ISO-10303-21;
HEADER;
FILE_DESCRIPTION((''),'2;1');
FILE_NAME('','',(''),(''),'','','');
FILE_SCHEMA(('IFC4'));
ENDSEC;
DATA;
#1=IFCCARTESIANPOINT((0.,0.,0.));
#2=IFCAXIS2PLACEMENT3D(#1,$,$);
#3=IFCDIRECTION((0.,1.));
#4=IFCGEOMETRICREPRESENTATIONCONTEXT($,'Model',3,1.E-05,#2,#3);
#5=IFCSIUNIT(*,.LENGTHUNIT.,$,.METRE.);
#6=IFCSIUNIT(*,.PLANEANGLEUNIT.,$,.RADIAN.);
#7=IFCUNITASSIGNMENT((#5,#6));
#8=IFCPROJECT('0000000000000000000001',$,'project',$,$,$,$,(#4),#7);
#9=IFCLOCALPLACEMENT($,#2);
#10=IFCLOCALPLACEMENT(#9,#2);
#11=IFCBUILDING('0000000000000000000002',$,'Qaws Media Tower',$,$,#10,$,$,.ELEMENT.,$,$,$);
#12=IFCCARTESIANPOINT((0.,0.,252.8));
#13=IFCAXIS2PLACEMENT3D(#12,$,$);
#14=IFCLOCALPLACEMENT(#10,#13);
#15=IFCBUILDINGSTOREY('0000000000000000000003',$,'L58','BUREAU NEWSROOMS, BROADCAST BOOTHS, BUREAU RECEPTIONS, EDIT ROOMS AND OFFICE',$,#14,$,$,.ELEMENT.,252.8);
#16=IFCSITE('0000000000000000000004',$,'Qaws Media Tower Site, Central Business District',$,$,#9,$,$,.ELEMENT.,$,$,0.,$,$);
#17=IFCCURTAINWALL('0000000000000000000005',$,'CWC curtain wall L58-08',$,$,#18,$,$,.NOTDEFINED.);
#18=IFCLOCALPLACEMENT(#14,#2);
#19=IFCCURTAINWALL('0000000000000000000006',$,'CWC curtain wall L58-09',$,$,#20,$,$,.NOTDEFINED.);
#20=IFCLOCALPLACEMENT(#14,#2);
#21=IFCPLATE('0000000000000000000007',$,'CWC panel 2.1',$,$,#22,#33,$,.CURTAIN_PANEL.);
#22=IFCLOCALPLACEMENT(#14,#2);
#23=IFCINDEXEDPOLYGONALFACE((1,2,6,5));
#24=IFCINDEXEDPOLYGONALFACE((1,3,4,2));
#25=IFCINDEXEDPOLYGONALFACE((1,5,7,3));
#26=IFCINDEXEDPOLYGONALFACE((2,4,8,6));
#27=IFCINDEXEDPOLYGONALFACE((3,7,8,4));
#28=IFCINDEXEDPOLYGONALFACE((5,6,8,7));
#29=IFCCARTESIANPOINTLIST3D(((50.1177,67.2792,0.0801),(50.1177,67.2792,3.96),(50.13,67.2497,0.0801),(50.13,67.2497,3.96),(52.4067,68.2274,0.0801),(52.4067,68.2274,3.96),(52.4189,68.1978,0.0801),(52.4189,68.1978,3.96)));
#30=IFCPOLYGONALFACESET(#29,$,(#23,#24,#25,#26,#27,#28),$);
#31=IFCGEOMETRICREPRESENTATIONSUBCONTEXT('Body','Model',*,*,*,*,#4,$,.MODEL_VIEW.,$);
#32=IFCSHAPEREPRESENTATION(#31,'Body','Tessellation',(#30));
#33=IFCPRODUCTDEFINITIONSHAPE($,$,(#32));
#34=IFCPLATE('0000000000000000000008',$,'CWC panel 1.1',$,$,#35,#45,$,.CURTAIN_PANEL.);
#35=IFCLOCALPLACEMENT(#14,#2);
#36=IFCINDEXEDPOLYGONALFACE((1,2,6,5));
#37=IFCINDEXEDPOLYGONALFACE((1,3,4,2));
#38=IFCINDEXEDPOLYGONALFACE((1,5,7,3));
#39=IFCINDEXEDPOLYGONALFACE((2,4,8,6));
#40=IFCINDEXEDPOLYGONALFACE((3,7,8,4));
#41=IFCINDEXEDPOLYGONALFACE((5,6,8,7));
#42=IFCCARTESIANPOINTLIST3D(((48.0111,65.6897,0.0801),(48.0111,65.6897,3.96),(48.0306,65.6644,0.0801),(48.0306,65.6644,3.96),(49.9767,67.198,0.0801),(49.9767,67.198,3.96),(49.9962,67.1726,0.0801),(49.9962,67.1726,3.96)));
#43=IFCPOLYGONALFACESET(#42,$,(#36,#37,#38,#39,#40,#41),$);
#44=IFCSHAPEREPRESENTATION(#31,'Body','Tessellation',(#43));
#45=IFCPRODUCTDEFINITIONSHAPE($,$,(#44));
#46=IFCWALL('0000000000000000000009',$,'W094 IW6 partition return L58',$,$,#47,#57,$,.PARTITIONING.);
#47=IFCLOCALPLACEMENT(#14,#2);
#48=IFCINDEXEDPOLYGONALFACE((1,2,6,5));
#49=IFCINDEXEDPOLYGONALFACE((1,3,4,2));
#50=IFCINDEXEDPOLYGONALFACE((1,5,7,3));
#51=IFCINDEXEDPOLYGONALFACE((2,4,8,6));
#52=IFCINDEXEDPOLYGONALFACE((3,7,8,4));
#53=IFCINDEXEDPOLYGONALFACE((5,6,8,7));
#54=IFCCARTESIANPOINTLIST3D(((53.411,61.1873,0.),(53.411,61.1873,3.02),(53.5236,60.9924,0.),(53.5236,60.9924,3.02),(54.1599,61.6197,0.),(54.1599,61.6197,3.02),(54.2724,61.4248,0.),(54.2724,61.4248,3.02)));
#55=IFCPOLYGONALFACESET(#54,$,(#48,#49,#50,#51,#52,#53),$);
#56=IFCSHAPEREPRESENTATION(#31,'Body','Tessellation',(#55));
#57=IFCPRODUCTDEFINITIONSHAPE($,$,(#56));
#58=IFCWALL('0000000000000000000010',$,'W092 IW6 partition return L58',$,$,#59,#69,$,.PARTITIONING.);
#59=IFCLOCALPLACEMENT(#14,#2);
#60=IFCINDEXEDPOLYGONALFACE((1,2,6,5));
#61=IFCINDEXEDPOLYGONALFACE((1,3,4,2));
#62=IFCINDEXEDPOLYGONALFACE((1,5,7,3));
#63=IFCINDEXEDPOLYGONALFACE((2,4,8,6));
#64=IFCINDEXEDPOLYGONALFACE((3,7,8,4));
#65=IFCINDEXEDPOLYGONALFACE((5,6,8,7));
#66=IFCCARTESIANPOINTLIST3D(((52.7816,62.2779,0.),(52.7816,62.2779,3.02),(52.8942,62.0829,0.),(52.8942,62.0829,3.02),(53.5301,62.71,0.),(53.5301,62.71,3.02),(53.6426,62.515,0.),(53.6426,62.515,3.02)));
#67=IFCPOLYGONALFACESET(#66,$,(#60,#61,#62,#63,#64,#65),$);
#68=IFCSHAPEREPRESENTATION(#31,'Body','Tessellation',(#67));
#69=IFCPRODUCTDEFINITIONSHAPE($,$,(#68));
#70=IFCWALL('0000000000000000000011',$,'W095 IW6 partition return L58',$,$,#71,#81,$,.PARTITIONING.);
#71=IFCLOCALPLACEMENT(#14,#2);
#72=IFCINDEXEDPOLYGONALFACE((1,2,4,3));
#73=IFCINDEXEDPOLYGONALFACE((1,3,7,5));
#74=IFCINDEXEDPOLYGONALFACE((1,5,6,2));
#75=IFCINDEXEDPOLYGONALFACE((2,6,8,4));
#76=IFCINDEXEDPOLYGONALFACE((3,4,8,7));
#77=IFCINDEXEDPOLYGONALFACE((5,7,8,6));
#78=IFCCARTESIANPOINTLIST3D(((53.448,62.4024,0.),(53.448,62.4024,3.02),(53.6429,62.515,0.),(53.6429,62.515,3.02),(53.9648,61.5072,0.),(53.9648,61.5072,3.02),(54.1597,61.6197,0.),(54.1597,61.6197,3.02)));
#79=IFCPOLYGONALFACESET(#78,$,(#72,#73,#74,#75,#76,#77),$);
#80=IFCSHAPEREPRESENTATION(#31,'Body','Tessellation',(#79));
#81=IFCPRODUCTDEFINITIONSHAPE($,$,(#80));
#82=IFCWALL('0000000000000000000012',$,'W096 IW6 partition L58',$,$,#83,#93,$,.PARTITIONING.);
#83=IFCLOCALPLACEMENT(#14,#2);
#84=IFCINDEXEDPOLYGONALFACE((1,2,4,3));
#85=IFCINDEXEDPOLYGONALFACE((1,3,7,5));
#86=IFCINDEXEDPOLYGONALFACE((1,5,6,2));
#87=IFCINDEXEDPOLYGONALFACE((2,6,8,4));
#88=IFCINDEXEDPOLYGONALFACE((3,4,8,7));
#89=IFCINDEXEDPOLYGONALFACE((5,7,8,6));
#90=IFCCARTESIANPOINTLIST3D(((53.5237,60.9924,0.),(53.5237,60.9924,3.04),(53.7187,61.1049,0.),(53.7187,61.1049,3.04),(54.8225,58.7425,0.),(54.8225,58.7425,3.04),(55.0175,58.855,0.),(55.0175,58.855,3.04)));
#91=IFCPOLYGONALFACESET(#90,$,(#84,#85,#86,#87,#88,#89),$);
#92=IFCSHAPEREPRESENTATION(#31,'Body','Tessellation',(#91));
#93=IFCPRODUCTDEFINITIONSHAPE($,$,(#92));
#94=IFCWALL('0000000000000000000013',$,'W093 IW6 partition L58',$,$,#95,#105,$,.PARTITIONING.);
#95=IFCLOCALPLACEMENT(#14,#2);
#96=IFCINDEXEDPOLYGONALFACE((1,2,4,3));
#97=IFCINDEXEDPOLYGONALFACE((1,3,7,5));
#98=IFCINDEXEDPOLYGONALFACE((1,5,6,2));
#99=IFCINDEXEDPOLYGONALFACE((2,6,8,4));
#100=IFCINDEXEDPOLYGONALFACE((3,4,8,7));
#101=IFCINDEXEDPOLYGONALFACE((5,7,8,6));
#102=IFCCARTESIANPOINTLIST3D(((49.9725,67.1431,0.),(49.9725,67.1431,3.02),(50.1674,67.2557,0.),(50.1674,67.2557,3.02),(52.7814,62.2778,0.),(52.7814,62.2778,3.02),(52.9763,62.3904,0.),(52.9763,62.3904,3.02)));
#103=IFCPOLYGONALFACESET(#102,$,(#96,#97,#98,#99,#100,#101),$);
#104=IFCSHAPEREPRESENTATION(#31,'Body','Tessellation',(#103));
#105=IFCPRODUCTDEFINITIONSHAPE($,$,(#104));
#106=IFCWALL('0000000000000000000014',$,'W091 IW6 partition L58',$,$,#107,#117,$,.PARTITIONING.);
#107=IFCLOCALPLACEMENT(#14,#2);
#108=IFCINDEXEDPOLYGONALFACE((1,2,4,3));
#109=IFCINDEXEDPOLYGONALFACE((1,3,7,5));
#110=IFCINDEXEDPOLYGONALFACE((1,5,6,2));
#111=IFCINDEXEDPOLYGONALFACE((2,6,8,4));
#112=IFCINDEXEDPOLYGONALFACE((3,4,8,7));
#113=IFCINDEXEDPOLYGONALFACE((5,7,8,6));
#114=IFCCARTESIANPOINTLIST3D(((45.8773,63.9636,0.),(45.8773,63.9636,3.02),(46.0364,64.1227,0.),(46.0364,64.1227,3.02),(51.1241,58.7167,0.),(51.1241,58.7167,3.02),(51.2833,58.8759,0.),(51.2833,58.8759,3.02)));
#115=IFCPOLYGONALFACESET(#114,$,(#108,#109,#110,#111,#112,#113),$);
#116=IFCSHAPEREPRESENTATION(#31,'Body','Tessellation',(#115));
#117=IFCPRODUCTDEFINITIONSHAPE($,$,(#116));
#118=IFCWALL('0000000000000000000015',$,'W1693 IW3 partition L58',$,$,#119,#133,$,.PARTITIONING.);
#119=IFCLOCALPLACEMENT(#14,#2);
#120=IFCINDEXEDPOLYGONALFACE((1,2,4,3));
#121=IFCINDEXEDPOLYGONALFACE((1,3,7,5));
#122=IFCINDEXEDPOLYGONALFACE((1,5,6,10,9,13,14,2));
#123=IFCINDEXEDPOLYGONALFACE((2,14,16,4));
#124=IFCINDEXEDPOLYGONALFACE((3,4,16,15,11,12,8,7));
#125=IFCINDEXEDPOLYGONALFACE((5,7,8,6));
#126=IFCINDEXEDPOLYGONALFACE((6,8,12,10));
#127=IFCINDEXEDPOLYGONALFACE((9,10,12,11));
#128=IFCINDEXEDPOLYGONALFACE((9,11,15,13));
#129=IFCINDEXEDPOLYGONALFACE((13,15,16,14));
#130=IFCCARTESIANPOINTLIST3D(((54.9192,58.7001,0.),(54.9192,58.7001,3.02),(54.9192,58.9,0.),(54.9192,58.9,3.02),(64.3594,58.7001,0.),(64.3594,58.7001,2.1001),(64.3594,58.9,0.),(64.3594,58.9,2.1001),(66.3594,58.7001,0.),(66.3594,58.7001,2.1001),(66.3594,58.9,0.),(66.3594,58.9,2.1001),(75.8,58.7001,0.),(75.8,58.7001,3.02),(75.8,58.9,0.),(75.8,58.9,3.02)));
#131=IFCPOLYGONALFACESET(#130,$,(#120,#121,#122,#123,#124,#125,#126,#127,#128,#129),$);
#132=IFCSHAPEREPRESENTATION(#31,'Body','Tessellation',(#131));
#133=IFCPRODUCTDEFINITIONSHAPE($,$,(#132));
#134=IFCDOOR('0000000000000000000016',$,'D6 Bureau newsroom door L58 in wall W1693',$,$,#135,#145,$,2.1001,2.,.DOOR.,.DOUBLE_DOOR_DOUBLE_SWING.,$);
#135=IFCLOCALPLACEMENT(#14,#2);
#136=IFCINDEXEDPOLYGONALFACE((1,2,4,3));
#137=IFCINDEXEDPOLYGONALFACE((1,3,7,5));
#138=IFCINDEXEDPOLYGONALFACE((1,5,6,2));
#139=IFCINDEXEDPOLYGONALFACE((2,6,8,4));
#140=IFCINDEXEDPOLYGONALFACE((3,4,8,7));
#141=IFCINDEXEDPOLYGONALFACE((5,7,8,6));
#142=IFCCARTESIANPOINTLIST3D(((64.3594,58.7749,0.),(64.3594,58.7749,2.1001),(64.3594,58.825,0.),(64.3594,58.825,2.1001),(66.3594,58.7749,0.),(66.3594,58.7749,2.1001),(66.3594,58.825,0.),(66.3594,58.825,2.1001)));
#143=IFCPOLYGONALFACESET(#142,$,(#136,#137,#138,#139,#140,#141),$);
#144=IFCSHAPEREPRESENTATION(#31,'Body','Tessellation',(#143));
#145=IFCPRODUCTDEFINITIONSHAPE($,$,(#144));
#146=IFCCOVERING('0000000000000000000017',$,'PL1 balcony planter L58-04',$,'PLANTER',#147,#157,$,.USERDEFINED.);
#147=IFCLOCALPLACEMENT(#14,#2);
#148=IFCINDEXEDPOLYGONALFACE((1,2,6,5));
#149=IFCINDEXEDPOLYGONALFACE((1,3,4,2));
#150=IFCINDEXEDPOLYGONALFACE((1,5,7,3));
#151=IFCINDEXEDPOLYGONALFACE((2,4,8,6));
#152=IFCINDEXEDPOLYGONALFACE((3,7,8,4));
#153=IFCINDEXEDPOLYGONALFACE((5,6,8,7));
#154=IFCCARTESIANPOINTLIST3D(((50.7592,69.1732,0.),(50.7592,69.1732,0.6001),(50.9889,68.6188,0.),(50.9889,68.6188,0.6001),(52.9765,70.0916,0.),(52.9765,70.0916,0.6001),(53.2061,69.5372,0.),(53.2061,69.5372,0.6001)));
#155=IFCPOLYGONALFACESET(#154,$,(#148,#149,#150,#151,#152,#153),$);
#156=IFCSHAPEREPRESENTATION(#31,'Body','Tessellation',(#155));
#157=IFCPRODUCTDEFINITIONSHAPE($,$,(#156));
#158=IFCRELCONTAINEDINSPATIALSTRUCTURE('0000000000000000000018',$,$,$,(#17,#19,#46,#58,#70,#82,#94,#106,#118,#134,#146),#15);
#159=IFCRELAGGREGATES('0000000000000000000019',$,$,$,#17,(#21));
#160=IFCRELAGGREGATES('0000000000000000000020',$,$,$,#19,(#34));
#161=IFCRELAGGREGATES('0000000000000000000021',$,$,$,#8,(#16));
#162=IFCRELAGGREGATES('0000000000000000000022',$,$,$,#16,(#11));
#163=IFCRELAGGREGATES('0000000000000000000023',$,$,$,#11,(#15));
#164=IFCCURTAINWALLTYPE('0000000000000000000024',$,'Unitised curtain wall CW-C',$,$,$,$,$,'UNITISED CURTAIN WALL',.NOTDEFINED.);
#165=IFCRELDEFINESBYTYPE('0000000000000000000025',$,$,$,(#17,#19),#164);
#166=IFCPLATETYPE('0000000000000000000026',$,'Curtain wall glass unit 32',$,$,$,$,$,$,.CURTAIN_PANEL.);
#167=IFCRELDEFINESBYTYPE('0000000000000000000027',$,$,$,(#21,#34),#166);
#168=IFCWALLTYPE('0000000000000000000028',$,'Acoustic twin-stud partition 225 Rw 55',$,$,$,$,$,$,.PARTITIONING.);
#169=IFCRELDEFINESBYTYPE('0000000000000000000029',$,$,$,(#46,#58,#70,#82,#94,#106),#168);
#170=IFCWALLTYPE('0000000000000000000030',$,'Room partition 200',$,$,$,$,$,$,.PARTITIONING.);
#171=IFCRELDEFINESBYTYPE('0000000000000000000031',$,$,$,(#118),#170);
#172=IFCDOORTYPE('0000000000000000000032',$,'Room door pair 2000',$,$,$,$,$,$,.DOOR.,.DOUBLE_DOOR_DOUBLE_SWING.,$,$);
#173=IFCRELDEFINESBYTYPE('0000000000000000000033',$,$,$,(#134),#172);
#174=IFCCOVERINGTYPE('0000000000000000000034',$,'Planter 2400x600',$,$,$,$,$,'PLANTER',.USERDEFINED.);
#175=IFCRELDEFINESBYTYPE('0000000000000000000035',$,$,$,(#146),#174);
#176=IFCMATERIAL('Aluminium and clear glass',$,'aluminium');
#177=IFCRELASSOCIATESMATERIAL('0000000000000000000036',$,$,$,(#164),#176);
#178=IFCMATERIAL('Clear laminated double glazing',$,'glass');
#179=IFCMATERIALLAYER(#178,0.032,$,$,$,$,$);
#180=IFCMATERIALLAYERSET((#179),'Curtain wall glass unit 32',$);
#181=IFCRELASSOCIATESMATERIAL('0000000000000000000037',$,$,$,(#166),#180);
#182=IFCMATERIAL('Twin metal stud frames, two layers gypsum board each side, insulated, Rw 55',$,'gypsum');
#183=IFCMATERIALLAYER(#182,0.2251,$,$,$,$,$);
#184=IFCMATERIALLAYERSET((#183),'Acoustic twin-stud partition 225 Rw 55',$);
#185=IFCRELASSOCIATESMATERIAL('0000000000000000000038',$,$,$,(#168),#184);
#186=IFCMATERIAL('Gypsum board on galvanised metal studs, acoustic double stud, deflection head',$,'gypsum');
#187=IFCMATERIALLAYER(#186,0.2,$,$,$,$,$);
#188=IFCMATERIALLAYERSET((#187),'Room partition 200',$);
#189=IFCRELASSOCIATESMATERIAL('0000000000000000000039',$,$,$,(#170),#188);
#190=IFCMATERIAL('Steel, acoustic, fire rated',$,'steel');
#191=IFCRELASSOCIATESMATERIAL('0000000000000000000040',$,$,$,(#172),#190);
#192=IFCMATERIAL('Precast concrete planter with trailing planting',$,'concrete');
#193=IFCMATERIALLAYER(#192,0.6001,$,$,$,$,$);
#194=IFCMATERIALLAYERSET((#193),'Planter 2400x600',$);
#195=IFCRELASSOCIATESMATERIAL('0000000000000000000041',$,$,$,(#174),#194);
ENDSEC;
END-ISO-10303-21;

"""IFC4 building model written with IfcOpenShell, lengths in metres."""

from ifc_helpers import new_model, si_unit, direction, frame, frame_2d, origin, origin_2d, place, context, subcontext, project, spatial, rectangle, extrude, material, layer, layer_set, type_object, element, fill, aggregate, save


model = new_model("IFC4")

# Units and contexts
model_context = context("Model", 3, precision=1e-05, world=origin(), true_north=direction((0.0, 1.0)))
body_context = subcontext(model_context, "Body", "Model", "MODEL_VIEW")
ifc_project = project(units=[si_unit("LENGTHUNIT", "METRE"), si_unit("PLANEANGLEUNIT", "RADIAN")], contexts=[model_context])

# Site, building, storey
site_placement = place(None, origin())
site = spatial("IfcSite", under=ifc_project, at=site_placement, Name="Qaws Media Tower Site, Central Business District", CompositionType="ELEMENT", RefElevation=0.0)
building_placement = place(site_placement, origin())
building = spatial("IfcBuilding", under=site, at=building_placement, Name="Qaws Media Tower", CompositionType="ELEMENT")
storey_placement = place(building_placement, frame((0.0, 0.0, 252.8)))
storey = spatial("IfcBuildingStorey", under=building, at=storey_placement, Name="L58", Description="BUREAU NEWSROOMS, BROADCAST BOOTHS, BUREAU RECEPTIONS, EDIT ROOMS AND OFFICE", CompositionType="ELEMENT", Elevation=252.8)

# Curtain walls
ifc_material_1 = material(Name="Aluminium and clear glass", Category="aluminium")
curtain_wall_type = type_object("IfcCurtainWallType", Name="Unitised curtain wall CW-C", ElementType="UNITISED CURTAIN WALL", PredefinedType="NOTDEFINED", material=ifc_material_1)
curtain_wall_1_placement = place(storey_placement, origin())
curtain_wall_1 = element("IfcCurtainWall", 1, at=curtain_wall_1_placement, inside=storey, type_object=curtain_wall_type, Name="CWC curtain wall L58-08", PredefinedType="NOTDEFINED")
curtain_wall_2_placement = place(storey_placement, origin())
curtain_wall_2 = element("IfcCurtainWall", 2, at=curtain_wall_2_placement, inside=storey, type_object=curtain_wall_type, Name="CWC curtain wall L58-09", PredefinedType="NOTDEFINED")

# Plates
ifc_material_2 = material(Name="Clear laminated double glazing", Category="glass")
ifc_layer_1 = layer(ifc_material_2, 0.032)
ifc_layer_set_1 = layer_set([ifc_layer_1], Name="Curtain wall glass unit 32")
plate_type = type_object("IfcPlateType", Name="Curtain wall glass unit 32", PredefinedType="CURTAIN_PANEL", material=ifc_layer_set_1)
plate_1_placement = place(storey_placement, frame((51.2683, 67.7385, 0.0801), z_axis=(0.0, 0.0, 1.0), x_axis=(-0.92388, -0.382683, 0.0)))
plate_1 = element("IfcPlate", 3, at=plate_1_placement, type_object=plate_type, Name="CWC panel 2.1", PredefinedType="CURTAIN_PANEL", context=body_context, shape_type="SweptSolid", body=[
    extrude(rectangle(XDim=2.4775, YDim=0.032, at=origin_2d()), origin(), (0.0, 0.0, 1.0), 3.8799),
])
aggregate(curtain_wall_1, [plate_1])
plate_2_placement = place(storey_placement, frame((49.0037, 66.4312, 0.0801), z_axis=(0.0, 0.0, 1.0), x_axis=(-0.793353, -0.608761, 0.0)))
plate_2 = element("IfcPlate", 4, at=plate_2_placement, type_object=plate_type, Name="CWC panel 1.1", PredefinedType="CURTAIN_PANEL", context=body_context, shape_type="SweptSolid", body=[
    extrude(rectangle(XDim=2.4775, YDim=0.032, at=origin_2d()), origin(), (0.0, 0.0, 1.0), 3.8799),
])
aggregate(curtain_wall_2, [plate_2])

# Walls
ifc_material_3 = material(Name="Twin metal stud frames, two layers gypsum board each side, insulated, Rw 55", Category="gypsum")
ifc_layer_2 = layer(ifc_material_3, 0.2251)
ifc_layer_set_2 = layer_set([ifc_layer_2], Name="Acoustic twin-stud partition 225 Rw 55")
wall_type_1 = type_object("IfcWallType", Name="Acoustic twin-stud partition 225 Rw 55", PredefinedType="PARTITIONING", material=ifc_layer_set_2)
wall_1_placement = place(storey_placement, frame((53.4673, 61.0898, 0.0), z_axis=(0.0, 0.0, 1.0), x_axis=(0.865993, 0.500056, 0.0)))
element("IfcWall", 5, at=wall_1_placement, inside=storey, type_object=wall_type_1, Name="W094 IW6 partition return L58", PredefinedType="PARTITIONING", context=body_context, shape_type="SweptSolid", body=[
    extrude(rectangle(XDim=0.8647, YDim=0.2251, at=frame_2d((0.4324, 0.0))), origin(), (0.0, 0.0, 1.0), 3.02),
])
wall_2_placement = place(storey_placement, frame((52.8379, 62.1804, 0.0), z_axis=(0.0, 0.0, 1.0), x_axis=(0.866044, 0.499967, 0.0)))
element("IfcWall", 6, at=wall_2_placement, inside=storey, type_object=wall_type_1, Name="W092 IW6 partition return L58", PredefinedType="PARTITIONING", context=body_context, shape_type="SweptSolid", body=[
    extrude(rectangle(XDim=0.8643, YDim=0.2251, at=frame_2d((0.4321, 0.0))), origin(), (0.0, 0.0, 1.0), 3.02),
])
wall_3_placement = place(storey_placement, frame((54.0623, 61.5635, 0.0), z_axis=(0.0, 0.0, 1.0), x_axis=(-0.499975, 0.86604, 0.0)))
element("IfcWall", 7, at=wall_3_placement, inside=storey, type_object=wall_type_1, Name="W095 IW6 partition return L58", PredefinedType="PARTITIONING", context=body_context, shape_type="SweptSolid", body=[
    extrude(rectangle(XDim=1.0337, YDim=0.2251, at=frame_2d((0.5168, 0.0))), origin(), (0.0, 0.0, 1.0), 3.02),
])
wall_4_placement = place(storey_placement, frame((54.9199, 58.7988, 0.0), z_axis=(0.0, 0.0, 1.0), x_axis=(-0.499939, 0.86606, 0.0)))
element("IfcWall", 8, at=wall_4_placement, inside=storey, type_object=wall_type_1, Name="W096 IW6 partition L58", PredefinedType="PARTITIONING", context=body_context, shape_type="SweptSolid", body=[
    extrude(rectangle(XDim=2.5979, YDim=0.2251, at=frame_2d((1.2988, 0.0))), origin(), (0.0, 0.0, 1.0), 3.04),
])
wall_5_placement = place(storey_placement, frame((52.8789, 62.334, 0.0), z_axis=(0.0, 0.0, 1.0), x_axis=(-0.499986, 0.866034, 0.0)))
element("IfcWall", 9, at=wall_5_placement, inside=storey, type_object=wall_type_1, Name="W093 IW6 partition L58", PredefinedType="PARTITIONING", context=body_context, shape_type="SweptSolid", body=[
    extrude(rectangle(XDim=5.6179, YDim=0.2251, at=frame_2d((2.8091, 0.0))), origin(), (0.0, 0.0, 1.0), 3.02),
])
wall_6_placement = place(storey_placement, frame((51.2036, 58.7964, 0.0), z_axis=(0.0, 0.0, 1.0), x_axis=(-0.707107, 0.707107, 0.0)))
element("IfcWall", 10, at=wall_6_placement, inside=storey, type_object=wall_type_1, Name="W091 IW6 partition L58", PredefinedType="PARTITIONING", context=body_context, shape_type="SweptSolid", body=[
    extrude(rectangle(XDim=7.4202, YDim=0.2251, at=frame_2d((3.71, 0.0))), origin(), (0.0, 0.0, 1.0), 3.02),
])

# Wall, opening, door
ifc_material_4 = material(Name="Gypsum board on galvanised metal studs, acoustic double stud, deflection head", Category="gypsum")
ifc_layer_3 = layer(ifc_material_4, 0.2)
ifc_layer_set_3 = layer_set([ifc_layer_3], Name="Room partition 200")
wall_type_2 = type_object("IfcWallType", Name="Room partition 200", PredefinedType="PARTITIONING", material=ifc_layer_set_3)
wall_7_placement = place(storey_placement, frame((54.9192, 58.8, 0.0), z_axis=(0.0, 0.0, 1.0), x_axis=(1.0, 0.0, 0.0)))
wall_7 = element("IfcWall", 11, at=wall_7_placement, inside=storey, type_object=wall_type_2, Name="W1693 IW3 partition L58", PredefinedType="PARTITIONING", context=body_context, shape_type="SweptSolid", body=[
    extrude(rectangle(XDim=20.8809, YDim=0.2, at=frame_2d((10.4404, 0.0))), origin(), (0.0, 0.0, 1.0), 3.02),
])
opening_1_placement = place(wall_7_placement, frame((9.4402, 0.0, 0.0)))
opening_1 = element("IfcOpeningElement", 12, at=opening_1_placement, cuts=wall_7, PredefinedType="OPENING", context=body_context, shape_type="SweptSolid", body=[
    extrude(rectangle(XDim=2.0, YDim=2.1001, at=frame_2d((1.0, 1.05))), frame((0.0, 0.1099, 0.0), z_axis=(0.0, -1.0, 0.0), x_axis=(1.0, 0.0, 0.0)), (0.0, 0.0, 1.0), 0.22),
])
ifc_material_5 = material(Name="Steel, acoustic, fire rated", Category="steel")
door_type_1 = type_object("IfcDoorType", Name="Room door pair 2000", OperationType="DOUBLE_DOOR_DOUBLE_SWING", PredefinedType="DOOR", material=ifc_material_5)
door_1_placement = place(opening_1_placement, origin())
door_1 = element("IfcDoor", 13, at=door_1_placement, inside=storey, type_object=door_type_1, Name="D6 Bureau newsroom door L58 in wall W1693", OperationType="DOUBLE_DOOR_DOUBLE_SWING", OverallHeight=2.1001, OverallWidth=2.0, PredefinedType="DOOR", context=body_context, shape_type="SweptSolid", body=[
    extrude(rectangle(XDim=2.0, YDim=2.1001, at=frame_2d((1.0, 1.05))), frame((0.0, 0.0249, 0.0), z_axis=(0.0, -1.0, 0.0), x_axis=(1.0, 0.0, 0.0)), (0.0, 0.0, 1.0), 0.05),
])
fill(opening_1, door_1)

# Covering
ifc_material_6 = material(Name="Precast concrete planter with trailing planting", Category="concrete")
ifc_layer_4 = layer(ifc_material_6, 0.6001)
ifc_layer_set_4 = layer_set([ifc_layer_4], Name="Planter 2400x600")
covering_type = type_object("IfcCoveringType", Name="Planter 2400x600", ElementType="PLANTER", PredefinedType="USERDEFINED", material=ifc_layer_set_4)
covering_placement = place(storey_placement, frame((51.9827, 69.3552, 0.0), z_axis=(0.0, 0.0, 1.0), x_axis=(-0.92388, -0.382683, 0.0)))
element("IfcCovering", 14, at=covering_placement, inside=storey, type_object=covering_type, Name="PL1 balcony planter L58-04", ObjectType="PLANTER", PredefinedType="USERDEFINED", context=body_context, shape_type="SweptSolid", body=[
    extrude(rectangle(XDim=2.3999, YDim=0.6001, at=origin_2d()), origin(), (0.0, 0.0, 1.0), 0.6001),
])

save(model, "model.ifc")
